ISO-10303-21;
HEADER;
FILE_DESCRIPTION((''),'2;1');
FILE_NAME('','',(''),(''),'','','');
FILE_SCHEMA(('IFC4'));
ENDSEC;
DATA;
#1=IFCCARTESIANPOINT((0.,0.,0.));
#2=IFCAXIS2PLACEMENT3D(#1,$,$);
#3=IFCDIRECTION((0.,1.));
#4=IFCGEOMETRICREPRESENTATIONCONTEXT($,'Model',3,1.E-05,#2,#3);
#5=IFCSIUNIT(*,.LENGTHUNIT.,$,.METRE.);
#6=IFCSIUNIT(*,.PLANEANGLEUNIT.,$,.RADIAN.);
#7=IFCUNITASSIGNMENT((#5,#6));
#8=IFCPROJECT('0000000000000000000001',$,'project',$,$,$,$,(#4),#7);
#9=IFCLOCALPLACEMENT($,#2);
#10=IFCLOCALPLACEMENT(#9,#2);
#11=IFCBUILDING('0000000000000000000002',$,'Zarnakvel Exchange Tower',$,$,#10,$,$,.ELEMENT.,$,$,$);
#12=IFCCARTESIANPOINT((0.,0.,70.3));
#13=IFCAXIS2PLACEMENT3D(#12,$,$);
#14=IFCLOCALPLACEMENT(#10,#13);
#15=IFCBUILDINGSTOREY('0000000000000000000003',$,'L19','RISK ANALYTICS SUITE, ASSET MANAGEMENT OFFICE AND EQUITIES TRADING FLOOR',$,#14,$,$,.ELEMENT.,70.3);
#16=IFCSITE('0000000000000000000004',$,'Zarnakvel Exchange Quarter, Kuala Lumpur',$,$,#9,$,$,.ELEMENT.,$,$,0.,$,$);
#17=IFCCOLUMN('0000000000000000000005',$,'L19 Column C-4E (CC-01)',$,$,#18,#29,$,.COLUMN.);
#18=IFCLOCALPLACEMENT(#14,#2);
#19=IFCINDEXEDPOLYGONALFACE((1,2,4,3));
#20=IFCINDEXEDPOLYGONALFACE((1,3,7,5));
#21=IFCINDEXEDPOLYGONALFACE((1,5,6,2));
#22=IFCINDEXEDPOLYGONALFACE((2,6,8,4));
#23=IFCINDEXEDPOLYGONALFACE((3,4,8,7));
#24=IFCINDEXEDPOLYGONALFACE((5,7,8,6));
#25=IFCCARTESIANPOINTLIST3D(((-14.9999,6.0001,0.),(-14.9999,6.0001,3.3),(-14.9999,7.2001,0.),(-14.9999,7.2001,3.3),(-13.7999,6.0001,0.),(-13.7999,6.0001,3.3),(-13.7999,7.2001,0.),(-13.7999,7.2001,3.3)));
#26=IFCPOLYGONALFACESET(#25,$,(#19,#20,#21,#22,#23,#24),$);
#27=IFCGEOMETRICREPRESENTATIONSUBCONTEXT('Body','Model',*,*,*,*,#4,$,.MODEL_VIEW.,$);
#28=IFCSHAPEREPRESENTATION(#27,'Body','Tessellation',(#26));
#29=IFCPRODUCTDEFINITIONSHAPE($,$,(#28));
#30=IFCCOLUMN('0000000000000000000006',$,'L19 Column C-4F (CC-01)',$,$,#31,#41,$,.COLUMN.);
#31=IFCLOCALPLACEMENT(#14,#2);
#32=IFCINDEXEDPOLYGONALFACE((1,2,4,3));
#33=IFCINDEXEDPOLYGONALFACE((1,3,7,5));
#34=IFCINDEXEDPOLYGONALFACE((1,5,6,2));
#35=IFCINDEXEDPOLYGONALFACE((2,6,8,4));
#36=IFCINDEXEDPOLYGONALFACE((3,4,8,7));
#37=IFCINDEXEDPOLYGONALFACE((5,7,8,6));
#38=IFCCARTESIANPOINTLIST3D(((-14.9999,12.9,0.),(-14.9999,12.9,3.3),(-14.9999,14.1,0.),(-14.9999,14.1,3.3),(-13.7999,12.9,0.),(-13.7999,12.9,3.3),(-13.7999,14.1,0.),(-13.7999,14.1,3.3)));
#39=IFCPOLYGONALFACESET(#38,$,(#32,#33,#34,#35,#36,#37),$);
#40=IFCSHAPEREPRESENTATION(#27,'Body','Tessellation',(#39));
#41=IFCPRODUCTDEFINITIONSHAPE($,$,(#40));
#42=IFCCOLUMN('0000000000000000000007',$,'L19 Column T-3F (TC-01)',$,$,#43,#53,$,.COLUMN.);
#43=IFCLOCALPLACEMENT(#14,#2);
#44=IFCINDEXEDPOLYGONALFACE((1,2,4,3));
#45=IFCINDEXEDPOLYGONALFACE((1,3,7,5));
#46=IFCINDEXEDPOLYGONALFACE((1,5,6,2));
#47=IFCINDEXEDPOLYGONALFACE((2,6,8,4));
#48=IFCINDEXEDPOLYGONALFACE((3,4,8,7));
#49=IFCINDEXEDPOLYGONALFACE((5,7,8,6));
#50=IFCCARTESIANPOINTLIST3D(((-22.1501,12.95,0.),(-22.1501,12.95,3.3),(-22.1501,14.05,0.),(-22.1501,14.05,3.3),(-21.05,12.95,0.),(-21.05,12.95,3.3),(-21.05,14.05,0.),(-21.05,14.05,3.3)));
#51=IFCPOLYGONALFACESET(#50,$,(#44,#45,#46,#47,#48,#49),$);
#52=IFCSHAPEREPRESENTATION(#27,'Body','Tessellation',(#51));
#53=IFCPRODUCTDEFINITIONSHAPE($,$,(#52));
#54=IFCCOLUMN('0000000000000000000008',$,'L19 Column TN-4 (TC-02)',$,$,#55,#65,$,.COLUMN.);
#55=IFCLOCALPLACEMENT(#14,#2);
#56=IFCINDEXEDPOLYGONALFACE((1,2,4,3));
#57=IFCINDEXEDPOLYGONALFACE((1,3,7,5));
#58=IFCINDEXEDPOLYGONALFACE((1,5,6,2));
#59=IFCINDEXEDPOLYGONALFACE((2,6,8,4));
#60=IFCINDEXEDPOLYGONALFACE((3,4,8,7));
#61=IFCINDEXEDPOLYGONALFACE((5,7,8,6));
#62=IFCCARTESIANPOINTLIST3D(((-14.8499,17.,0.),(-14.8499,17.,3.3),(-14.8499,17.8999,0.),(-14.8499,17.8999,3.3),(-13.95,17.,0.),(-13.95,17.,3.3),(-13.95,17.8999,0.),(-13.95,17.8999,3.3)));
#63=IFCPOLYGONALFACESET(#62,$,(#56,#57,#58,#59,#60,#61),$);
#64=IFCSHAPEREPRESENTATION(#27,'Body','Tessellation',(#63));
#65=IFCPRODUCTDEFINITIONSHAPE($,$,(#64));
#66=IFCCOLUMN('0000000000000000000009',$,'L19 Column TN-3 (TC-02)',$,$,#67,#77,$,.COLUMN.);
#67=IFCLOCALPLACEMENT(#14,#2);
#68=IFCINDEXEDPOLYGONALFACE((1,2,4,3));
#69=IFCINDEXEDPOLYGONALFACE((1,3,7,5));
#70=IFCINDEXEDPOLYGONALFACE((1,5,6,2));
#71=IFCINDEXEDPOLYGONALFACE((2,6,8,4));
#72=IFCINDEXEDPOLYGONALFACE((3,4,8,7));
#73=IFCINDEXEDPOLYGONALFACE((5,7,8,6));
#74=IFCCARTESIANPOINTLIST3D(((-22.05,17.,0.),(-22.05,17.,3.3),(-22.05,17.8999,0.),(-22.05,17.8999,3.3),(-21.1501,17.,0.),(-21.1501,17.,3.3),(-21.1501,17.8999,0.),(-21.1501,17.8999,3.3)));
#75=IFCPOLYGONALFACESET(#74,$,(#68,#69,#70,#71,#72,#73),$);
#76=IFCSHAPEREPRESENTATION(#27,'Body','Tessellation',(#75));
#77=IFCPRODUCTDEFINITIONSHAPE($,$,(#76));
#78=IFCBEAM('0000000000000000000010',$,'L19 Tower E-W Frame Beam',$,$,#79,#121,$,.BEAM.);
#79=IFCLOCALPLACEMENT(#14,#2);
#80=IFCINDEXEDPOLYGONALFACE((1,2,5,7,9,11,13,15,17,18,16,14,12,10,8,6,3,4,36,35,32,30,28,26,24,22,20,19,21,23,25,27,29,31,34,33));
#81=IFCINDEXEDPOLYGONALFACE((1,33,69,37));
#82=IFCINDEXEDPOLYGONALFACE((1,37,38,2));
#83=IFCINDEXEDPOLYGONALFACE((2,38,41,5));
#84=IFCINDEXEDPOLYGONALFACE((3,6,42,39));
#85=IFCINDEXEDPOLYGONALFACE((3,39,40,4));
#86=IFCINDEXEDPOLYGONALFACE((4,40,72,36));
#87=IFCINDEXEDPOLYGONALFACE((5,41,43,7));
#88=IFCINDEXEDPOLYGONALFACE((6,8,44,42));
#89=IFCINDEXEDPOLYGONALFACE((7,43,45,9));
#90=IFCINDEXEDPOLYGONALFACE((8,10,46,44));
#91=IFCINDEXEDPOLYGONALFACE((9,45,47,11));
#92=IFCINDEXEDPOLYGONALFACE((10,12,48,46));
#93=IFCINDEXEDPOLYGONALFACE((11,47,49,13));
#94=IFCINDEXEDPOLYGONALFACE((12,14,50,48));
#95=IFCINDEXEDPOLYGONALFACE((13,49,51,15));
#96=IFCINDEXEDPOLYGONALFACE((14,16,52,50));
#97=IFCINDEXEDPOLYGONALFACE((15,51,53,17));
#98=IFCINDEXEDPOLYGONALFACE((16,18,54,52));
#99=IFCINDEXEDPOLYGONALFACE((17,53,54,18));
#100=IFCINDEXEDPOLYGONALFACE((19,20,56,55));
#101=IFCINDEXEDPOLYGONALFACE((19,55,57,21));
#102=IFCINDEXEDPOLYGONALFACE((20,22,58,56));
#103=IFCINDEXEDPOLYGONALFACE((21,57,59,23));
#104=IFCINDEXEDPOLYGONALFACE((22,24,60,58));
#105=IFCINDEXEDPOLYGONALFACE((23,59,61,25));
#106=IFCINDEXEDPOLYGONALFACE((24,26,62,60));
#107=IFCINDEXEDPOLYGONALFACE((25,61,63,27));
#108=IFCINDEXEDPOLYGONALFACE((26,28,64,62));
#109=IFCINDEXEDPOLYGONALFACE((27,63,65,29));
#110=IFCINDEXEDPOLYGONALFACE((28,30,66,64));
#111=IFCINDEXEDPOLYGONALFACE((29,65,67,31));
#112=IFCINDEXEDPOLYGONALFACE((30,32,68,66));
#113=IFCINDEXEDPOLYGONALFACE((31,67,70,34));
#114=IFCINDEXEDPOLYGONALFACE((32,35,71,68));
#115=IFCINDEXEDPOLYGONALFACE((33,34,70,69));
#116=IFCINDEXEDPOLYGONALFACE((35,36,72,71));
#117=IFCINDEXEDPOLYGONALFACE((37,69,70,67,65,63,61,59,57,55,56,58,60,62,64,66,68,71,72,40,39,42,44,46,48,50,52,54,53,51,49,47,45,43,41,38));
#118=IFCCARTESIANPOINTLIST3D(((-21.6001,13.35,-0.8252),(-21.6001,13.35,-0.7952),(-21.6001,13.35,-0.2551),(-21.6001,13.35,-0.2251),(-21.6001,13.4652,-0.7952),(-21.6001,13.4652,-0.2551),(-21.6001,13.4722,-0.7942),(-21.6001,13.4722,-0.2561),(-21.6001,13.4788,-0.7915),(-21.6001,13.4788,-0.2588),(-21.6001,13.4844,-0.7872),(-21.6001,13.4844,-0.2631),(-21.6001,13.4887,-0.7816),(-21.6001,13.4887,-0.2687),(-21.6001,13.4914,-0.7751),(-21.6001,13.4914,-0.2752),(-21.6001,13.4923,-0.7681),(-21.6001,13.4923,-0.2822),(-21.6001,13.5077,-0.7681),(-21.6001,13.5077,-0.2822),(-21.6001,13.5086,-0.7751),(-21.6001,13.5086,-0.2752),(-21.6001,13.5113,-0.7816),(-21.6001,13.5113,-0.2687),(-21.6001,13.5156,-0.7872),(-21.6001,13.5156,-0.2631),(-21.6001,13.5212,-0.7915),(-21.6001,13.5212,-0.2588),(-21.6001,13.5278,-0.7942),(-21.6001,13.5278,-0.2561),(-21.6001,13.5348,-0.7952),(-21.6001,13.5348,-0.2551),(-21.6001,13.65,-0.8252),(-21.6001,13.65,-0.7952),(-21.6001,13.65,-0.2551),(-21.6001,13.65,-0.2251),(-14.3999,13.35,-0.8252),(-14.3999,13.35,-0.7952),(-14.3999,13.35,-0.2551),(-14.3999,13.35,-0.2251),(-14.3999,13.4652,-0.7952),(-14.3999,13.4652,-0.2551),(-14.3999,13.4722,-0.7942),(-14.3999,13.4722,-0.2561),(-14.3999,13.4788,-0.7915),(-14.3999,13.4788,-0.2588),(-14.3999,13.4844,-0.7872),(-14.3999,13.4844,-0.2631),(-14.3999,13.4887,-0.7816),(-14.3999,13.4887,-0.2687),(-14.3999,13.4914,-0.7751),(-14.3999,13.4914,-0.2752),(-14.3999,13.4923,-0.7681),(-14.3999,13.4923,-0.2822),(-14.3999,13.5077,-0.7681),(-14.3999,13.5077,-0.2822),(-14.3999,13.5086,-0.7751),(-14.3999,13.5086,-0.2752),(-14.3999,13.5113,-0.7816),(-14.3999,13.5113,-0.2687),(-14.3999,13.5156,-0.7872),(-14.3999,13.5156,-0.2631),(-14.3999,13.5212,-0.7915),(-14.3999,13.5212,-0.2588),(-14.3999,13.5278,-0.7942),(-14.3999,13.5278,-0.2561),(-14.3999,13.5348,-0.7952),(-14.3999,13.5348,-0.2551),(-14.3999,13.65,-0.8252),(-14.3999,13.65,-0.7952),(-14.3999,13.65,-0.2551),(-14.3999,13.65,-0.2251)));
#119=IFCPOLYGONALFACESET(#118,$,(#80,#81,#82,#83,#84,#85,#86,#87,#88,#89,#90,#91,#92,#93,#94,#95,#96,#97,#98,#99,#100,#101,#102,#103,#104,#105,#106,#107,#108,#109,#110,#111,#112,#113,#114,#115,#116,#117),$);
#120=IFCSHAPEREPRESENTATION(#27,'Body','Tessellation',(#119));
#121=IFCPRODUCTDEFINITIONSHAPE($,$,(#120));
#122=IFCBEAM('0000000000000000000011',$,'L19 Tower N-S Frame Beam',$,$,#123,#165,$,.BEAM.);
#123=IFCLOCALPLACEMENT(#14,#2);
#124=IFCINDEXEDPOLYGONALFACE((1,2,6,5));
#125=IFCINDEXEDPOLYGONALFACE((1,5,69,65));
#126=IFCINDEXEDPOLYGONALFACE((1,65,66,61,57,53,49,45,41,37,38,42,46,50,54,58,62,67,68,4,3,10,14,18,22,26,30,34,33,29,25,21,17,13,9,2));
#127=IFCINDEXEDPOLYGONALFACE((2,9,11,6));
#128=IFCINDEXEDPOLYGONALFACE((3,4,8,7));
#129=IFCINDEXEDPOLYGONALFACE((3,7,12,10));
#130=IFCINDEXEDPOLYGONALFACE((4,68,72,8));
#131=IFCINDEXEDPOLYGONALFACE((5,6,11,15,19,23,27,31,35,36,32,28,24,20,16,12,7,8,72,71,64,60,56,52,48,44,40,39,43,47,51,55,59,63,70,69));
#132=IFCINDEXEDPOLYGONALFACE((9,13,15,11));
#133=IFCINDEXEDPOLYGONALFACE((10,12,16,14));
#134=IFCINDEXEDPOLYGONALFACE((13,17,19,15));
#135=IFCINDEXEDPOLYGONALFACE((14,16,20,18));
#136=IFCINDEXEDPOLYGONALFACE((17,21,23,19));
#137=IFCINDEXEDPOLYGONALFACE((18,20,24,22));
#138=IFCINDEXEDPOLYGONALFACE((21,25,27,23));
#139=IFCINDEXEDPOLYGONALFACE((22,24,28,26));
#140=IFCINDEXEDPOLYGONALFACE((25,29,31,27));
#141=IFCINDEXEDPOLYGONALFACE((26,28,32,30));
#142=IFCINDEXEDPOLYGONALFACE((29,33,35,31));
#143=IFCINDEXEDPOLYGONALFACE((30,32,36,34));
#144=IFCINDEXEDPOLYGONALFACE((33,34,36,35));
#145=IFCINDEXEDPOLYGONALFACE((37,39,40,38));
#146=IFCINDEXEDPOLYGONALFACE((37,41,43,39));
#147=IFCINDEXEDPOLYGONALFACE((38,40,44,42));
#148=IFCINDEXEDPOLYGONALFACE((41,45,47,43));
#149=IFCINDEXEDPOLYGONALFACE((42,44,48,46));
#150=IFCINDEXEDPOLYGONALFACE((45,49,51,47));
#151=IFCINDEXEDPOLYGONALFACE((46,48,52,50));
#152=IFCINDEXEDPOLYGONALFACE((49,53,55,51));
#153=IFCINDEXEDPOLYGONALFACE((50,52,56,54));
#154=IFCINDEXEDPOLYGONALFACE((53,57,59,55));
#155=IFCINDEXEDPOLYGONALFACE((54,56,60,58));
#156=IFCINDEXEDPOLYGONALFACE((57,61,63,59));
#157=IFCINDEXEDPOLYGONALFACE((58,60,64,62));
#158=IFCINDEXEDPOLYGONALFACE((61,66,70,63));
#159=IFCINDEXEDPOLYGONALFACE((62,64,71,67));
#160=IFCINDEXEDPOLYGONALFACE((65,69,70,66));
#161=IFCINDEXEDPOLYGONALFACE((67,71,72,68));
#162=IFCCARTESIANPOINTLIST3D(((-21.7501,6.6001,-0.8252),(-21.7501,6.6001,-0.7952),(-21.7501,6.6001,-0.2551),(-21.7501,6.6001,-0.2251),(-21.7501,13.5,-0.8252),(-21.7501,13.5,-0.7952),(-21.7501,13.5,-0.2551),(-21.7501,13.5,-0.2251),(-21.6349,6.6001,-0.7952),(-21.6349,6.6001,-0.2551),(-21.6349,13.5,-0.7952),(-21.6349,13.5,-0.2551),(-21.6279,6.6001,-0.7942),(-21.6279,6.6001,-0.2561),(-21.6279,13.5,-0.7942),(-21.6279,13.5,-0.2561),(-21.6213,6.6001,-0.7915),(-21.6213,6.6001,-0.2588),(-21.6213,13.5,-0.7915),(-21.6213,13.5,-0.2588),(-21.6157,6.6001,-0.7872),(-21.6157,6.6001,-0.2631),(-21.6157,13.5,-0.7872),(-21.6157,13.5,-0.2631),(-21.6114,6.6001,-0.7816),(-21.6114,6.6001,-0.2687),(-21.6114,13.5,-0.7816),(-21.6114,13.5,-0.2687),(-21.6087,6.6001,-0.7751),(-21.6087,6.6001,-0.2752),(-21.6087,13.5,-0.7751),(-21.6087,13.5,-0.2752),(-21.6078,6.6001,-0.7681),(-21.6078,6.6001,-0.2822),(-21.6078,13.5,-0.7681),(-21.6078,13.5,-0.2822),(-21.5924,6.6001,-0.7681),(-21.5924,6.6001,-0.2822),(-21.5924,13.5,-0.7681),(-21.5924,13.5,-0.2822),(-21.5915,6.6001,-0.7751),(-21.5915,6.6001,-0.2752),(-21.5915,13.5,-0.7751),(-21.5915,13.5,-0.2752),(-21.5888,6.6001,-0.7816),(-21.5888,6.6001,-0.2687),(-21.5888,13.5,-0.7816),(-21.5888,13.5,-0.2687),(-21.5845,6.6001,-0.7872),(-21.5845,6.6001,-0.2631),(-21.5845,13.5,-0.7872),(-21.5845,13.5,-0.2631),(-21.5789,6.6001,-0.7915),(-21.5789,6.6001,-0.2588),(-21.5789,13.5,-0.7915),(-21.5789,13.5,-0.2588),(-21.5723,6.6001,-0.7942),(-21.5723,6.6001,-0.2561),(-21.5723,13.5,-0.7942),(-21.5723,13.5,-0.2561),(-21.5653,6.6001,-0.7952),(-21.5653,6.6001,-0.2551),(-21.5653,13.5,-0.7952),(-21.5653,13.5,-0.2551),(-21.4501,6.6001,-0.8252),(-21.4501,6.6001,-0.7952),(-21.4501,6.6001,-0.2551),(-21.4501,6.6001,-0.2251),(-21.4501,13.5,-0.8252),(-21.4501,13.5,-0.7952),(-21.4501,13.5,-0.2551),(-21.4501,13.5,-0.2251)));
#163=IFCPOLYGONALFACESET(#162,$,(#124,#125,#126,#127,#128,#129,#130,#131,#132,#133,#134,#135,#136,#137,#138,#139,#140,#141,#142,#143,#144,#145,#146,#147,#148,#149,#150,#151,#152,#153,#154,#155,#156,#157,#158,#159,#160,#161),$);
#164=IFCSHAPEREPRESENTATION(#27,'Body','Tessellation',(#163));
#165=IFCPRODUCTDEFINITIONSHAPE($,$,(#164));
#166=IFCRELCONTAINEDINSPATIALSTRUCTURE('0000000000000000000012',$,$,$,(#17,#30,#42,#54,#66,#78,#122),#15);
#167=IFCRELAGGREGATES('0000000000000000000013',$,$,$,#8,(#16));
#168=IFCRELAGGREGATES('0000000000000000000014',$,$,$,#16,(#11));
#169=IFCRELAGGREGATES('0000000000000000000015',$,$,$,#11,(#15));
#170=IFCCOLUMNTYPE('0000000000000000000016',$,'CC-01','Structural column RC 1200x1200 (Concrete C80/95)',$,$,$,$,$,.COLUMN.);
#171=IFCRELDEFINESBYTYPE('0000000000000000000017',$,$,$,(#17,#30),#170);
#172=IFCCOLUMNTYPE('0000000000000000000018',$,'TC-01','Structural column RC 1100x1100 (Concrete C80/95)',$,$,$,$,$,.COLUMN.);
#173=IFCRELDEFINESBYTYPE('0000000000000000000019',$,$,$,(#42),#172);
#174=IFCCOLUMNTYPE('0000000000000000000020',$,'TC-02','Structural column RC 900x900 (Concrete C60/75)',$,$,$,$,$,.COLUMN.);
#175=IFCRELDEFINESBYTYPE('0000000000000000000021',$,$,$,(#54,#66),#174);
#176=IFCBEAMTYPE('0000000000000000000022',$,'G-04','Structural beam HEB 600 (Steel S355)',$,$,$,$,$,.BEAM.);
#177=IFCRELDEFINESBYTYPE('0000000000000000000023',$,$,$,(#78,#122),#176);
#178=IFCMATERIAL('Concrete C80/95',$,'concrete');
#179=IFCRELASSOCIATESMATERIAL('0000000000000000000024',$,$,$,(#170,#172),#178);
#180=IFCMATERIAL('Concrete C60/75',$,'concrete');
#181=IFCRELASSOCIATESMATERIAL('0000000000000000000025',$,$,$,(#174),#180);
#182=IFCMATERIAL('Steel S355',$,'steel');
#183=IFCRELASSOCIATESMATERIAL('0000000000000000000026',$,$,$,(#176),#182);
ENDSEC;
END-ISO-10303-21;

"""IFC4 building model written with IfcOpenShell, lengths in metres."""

from ifc_helpers import new_model, si_unit, direction, frame, origin, origin_2d, place, context, subcontext, project, spatial, rectangle, i_section, extrude, material, material_profile, profile_set, type_object, element, save


model = new_model("IFC4")

# Units and contexts
model_context = context("Model", 3, precision=1e-05, world=origin(), true_north=direction((0.0, 1.0)))
body_context = subcontext(model_context, "Body", "Model", "MODEL_VIEW")
ifc_project = project(units=[si_unit("LENGTHUNIT", "METRE"), si_unit("PLANEANGLEUNIT", "RADIAN")], contexts=[model_context])

# Site, building, storey
site_placement = place(None, origin())
site = spatial("IfcSite", under=ifc_project, at=site_placement, Name="Zarnakvel Exchange Quarter, Kuala Lumpur", CompositionType="ELEMENT", RefElevation=0.0)
building_placement = place(site_placement, origin())
building = spatial("IfcBuilding", under=site, at=building_placement, Name="Zarnakvel Exchange Tower", CompositionType="ELEMENT")
storey_placement = place(building_placement, frame((0.0, 0.0, 70.3)))
storey = spatial("IfcBuildingStorey", under=building, at=storey_placement, Name="L19", Description="RISK ANALYTICS SUITE, ASSET MANAGEMENT OFFICE AND EQUITIES TRADING FLOOR", CompositionType="ELEMENT", Elevation=70.3)

# Columns
ifc_material_1 = material(Name="Concrete C80/95", Category="concrete")
ifc_material_profile_1 = material_profile(ifc_material_1, rectangle(XDim=1.2, YDim=1.2, at=origin_2d()))
ifc_profile_set_1 = profile_set([ifc_material_profile_1], Name="Concrete C80/95")
column_type_1 = type_object("IfcColumnType", Name="CC-01", Description="Structural column RC 1200x1200 (Concrete C80/95)", PredefinedType="COLUMN", material=ifc_profile_set_1)
for number, where, z_axis, x_axis, name in (
    (1, (-14.3999, 6.6001, 0.0), (0.0, 0.0, 1.0), (1.0, 0.0, 0.0), "L19 Column C-4E (CC-01)"),
    (2, (-14.3999, 13.5, 0.0), (0.0, 0.0, 1.0), (1.0, 0.0, 0.0), "L19 Column C-4F (CC-01)"),
):
    element("IfcColumn", number, at=place(storey_placement, frame(where, z_axis=z_axis, x_axis=x_axis)), inside=storey, type_object=column_type_1, Name=name, PredefinedType="COLUMN", context=body_context, shape_type="SweptSolid", body=[
        extrude(rectangle(XDim=1.2, YDim=1.2, at=origin_2d()), origin(), (0.0, 0.0, 1.0), 3.3),
    ])
ifc_material_profile_2 = material_profile(ifc_material_1, rectangle(XDim=1.1001, YDim=1.1001, at=origin_2d()))
ifc_profile_set_2 = profile_set([ifc_material_profile_2], Name="Concrete C80/95")
column_type_2 = type_object("IfcColumnType", Name="TC-01", Description="Structural column RC 1100x1100 (Concrete C80/95)", PredefinedType="COLUMN", material=ifc_profile_set_2)
column_placement = place(storey_placement, frame((-21.6001, 13.5, 0.0), z_axis=(0.0, 0.0, 1.0), x_axis=(1.0, 0.0, 0.0)))
element("IfcColumn", 3, at=column_placement, inside=storey, type_object=column_type_2, Name="L19 Column T-3F (TC-01)", PredefinedType="COLUMN", context=body_context, shape_type="SweptSolid", body=[
    extrude(rectangle(XDim=1.1001, YDim=1.1001, at=origin_2d()), origin(), (0.0, 0.0, 1.0), 3.3),
])
ifc_material_2 = material(Name="Concrete C60/75", Category="concrete")
ifc_material_profile_3 = material_profile(ifc_material_2, rectangle(XDim=0.8999, YDim=0.8999, at=origin_2d()))
ifc_profile_set_3 = profile_set([ifc_material_profile_3], Name="Concrete C60/75")
column_type_3 = type_object("IfcColumnType", Name="TC-02", Description="Structural column RC 900x900 (Concrete C60/75)", PredefinedType="COLUMN", material=ifc_profile_set_3)
for number, where, z_axis, x_axis, name in (
    (4, (-14.3999, 17.45, 0.0), (0.0, 0.0, 1.0), (1.0, 0.0, 0.0), "L19 Column TN-4 (TC-02)"),
    (5, (-21.6001, 17.45, 0.0), (0.0, 0.0, 1.0), (1.0, 0.0, 0.0), "L19 Column TN-3 (TC-02)"),
):
    element("IfcColumn", number, at=place(storey_placement, frame(where, z_axis=z_axis, x_axis=x_axis)), inside=storey, type_object=column_type_3, Name=name, PredefinedType="COLUMN", context=body_context, shape_type="SweptSolid", body=[
        extrude(rectangle(XDim=0.8999, YDim=0.8999, at=origin_2d()), origin(), (0.0, 0.0, 1.0), 3.3),
    ])

# Beams
ifc_material_3 = material(Name="Steel S355", Category="steel")
ifc_material_profile_4 = material_profile(ifc_material_3, i_section(OverallWidth=0.3, OverallDepth=0.6001, WebThickness=0.0154, FlangeThickness=0.03, FilletRadius=0.0271, at=origin_2d()))
ifc_profile_set_4 = profile_set([ifc_material_profile_4], Name="Steel S355")
beam_type_1 = type_object("IfcBeamType", Name="G-04", Description="Structural beam HEB 600 (Steel S355)", PredefinedType="BEAM", material=ifc_profile_set_4)
beam_1_placement = place(storey_placement, frame((-21.6001, 13.5, -0.5251), z_axis=(1.0, 0.0, 0.0), x_axis=(0.0, 1.0, 0.0)))
element("IfcBeam", 6, at=beam_1_placement, inside=storey, type_object=beam_type_1, Name="L19 Tower E-W Frame Beam", PredefinedType="BEAM", context=body_context, shape_type="SweptSolid", body=[
    extrude(i_section(OverallWidth=0.3, OverallDepth=0.6001, WebThickness=0.0154, FlangeThickness=0.03, FilletRadius=0.0271, at=origin_2d()), origin(), (0.0, 0.0, 1.0), 7.2002),
])
beam_2_placement = place(storey_placement, frame((-21.6001, 6.6001, -0.5251), z_axis=(0.0, 1.0, 0.0), x_axis=(-1.0, 0.0, 0.0)))
element("IfcBeam", 7, at=beam_2_placement, inside=storey, type_object=beam_type_1, Name="L19 Tower N-S Frame Beam", PredefinedType="BEAM", context=body_context, shape_type="SweptSolid", body=[
    extrude(i_section(OverallWidth=0.3, OverallDepth=0.6001, WebThickness=0.0154, FlangeThickness=0.03, FilletRadius=0.0271, at=origin_2d()), origin(), (0.0, 0.0, 1.0), 6.8999),
])

save(model, "model.ifc")
